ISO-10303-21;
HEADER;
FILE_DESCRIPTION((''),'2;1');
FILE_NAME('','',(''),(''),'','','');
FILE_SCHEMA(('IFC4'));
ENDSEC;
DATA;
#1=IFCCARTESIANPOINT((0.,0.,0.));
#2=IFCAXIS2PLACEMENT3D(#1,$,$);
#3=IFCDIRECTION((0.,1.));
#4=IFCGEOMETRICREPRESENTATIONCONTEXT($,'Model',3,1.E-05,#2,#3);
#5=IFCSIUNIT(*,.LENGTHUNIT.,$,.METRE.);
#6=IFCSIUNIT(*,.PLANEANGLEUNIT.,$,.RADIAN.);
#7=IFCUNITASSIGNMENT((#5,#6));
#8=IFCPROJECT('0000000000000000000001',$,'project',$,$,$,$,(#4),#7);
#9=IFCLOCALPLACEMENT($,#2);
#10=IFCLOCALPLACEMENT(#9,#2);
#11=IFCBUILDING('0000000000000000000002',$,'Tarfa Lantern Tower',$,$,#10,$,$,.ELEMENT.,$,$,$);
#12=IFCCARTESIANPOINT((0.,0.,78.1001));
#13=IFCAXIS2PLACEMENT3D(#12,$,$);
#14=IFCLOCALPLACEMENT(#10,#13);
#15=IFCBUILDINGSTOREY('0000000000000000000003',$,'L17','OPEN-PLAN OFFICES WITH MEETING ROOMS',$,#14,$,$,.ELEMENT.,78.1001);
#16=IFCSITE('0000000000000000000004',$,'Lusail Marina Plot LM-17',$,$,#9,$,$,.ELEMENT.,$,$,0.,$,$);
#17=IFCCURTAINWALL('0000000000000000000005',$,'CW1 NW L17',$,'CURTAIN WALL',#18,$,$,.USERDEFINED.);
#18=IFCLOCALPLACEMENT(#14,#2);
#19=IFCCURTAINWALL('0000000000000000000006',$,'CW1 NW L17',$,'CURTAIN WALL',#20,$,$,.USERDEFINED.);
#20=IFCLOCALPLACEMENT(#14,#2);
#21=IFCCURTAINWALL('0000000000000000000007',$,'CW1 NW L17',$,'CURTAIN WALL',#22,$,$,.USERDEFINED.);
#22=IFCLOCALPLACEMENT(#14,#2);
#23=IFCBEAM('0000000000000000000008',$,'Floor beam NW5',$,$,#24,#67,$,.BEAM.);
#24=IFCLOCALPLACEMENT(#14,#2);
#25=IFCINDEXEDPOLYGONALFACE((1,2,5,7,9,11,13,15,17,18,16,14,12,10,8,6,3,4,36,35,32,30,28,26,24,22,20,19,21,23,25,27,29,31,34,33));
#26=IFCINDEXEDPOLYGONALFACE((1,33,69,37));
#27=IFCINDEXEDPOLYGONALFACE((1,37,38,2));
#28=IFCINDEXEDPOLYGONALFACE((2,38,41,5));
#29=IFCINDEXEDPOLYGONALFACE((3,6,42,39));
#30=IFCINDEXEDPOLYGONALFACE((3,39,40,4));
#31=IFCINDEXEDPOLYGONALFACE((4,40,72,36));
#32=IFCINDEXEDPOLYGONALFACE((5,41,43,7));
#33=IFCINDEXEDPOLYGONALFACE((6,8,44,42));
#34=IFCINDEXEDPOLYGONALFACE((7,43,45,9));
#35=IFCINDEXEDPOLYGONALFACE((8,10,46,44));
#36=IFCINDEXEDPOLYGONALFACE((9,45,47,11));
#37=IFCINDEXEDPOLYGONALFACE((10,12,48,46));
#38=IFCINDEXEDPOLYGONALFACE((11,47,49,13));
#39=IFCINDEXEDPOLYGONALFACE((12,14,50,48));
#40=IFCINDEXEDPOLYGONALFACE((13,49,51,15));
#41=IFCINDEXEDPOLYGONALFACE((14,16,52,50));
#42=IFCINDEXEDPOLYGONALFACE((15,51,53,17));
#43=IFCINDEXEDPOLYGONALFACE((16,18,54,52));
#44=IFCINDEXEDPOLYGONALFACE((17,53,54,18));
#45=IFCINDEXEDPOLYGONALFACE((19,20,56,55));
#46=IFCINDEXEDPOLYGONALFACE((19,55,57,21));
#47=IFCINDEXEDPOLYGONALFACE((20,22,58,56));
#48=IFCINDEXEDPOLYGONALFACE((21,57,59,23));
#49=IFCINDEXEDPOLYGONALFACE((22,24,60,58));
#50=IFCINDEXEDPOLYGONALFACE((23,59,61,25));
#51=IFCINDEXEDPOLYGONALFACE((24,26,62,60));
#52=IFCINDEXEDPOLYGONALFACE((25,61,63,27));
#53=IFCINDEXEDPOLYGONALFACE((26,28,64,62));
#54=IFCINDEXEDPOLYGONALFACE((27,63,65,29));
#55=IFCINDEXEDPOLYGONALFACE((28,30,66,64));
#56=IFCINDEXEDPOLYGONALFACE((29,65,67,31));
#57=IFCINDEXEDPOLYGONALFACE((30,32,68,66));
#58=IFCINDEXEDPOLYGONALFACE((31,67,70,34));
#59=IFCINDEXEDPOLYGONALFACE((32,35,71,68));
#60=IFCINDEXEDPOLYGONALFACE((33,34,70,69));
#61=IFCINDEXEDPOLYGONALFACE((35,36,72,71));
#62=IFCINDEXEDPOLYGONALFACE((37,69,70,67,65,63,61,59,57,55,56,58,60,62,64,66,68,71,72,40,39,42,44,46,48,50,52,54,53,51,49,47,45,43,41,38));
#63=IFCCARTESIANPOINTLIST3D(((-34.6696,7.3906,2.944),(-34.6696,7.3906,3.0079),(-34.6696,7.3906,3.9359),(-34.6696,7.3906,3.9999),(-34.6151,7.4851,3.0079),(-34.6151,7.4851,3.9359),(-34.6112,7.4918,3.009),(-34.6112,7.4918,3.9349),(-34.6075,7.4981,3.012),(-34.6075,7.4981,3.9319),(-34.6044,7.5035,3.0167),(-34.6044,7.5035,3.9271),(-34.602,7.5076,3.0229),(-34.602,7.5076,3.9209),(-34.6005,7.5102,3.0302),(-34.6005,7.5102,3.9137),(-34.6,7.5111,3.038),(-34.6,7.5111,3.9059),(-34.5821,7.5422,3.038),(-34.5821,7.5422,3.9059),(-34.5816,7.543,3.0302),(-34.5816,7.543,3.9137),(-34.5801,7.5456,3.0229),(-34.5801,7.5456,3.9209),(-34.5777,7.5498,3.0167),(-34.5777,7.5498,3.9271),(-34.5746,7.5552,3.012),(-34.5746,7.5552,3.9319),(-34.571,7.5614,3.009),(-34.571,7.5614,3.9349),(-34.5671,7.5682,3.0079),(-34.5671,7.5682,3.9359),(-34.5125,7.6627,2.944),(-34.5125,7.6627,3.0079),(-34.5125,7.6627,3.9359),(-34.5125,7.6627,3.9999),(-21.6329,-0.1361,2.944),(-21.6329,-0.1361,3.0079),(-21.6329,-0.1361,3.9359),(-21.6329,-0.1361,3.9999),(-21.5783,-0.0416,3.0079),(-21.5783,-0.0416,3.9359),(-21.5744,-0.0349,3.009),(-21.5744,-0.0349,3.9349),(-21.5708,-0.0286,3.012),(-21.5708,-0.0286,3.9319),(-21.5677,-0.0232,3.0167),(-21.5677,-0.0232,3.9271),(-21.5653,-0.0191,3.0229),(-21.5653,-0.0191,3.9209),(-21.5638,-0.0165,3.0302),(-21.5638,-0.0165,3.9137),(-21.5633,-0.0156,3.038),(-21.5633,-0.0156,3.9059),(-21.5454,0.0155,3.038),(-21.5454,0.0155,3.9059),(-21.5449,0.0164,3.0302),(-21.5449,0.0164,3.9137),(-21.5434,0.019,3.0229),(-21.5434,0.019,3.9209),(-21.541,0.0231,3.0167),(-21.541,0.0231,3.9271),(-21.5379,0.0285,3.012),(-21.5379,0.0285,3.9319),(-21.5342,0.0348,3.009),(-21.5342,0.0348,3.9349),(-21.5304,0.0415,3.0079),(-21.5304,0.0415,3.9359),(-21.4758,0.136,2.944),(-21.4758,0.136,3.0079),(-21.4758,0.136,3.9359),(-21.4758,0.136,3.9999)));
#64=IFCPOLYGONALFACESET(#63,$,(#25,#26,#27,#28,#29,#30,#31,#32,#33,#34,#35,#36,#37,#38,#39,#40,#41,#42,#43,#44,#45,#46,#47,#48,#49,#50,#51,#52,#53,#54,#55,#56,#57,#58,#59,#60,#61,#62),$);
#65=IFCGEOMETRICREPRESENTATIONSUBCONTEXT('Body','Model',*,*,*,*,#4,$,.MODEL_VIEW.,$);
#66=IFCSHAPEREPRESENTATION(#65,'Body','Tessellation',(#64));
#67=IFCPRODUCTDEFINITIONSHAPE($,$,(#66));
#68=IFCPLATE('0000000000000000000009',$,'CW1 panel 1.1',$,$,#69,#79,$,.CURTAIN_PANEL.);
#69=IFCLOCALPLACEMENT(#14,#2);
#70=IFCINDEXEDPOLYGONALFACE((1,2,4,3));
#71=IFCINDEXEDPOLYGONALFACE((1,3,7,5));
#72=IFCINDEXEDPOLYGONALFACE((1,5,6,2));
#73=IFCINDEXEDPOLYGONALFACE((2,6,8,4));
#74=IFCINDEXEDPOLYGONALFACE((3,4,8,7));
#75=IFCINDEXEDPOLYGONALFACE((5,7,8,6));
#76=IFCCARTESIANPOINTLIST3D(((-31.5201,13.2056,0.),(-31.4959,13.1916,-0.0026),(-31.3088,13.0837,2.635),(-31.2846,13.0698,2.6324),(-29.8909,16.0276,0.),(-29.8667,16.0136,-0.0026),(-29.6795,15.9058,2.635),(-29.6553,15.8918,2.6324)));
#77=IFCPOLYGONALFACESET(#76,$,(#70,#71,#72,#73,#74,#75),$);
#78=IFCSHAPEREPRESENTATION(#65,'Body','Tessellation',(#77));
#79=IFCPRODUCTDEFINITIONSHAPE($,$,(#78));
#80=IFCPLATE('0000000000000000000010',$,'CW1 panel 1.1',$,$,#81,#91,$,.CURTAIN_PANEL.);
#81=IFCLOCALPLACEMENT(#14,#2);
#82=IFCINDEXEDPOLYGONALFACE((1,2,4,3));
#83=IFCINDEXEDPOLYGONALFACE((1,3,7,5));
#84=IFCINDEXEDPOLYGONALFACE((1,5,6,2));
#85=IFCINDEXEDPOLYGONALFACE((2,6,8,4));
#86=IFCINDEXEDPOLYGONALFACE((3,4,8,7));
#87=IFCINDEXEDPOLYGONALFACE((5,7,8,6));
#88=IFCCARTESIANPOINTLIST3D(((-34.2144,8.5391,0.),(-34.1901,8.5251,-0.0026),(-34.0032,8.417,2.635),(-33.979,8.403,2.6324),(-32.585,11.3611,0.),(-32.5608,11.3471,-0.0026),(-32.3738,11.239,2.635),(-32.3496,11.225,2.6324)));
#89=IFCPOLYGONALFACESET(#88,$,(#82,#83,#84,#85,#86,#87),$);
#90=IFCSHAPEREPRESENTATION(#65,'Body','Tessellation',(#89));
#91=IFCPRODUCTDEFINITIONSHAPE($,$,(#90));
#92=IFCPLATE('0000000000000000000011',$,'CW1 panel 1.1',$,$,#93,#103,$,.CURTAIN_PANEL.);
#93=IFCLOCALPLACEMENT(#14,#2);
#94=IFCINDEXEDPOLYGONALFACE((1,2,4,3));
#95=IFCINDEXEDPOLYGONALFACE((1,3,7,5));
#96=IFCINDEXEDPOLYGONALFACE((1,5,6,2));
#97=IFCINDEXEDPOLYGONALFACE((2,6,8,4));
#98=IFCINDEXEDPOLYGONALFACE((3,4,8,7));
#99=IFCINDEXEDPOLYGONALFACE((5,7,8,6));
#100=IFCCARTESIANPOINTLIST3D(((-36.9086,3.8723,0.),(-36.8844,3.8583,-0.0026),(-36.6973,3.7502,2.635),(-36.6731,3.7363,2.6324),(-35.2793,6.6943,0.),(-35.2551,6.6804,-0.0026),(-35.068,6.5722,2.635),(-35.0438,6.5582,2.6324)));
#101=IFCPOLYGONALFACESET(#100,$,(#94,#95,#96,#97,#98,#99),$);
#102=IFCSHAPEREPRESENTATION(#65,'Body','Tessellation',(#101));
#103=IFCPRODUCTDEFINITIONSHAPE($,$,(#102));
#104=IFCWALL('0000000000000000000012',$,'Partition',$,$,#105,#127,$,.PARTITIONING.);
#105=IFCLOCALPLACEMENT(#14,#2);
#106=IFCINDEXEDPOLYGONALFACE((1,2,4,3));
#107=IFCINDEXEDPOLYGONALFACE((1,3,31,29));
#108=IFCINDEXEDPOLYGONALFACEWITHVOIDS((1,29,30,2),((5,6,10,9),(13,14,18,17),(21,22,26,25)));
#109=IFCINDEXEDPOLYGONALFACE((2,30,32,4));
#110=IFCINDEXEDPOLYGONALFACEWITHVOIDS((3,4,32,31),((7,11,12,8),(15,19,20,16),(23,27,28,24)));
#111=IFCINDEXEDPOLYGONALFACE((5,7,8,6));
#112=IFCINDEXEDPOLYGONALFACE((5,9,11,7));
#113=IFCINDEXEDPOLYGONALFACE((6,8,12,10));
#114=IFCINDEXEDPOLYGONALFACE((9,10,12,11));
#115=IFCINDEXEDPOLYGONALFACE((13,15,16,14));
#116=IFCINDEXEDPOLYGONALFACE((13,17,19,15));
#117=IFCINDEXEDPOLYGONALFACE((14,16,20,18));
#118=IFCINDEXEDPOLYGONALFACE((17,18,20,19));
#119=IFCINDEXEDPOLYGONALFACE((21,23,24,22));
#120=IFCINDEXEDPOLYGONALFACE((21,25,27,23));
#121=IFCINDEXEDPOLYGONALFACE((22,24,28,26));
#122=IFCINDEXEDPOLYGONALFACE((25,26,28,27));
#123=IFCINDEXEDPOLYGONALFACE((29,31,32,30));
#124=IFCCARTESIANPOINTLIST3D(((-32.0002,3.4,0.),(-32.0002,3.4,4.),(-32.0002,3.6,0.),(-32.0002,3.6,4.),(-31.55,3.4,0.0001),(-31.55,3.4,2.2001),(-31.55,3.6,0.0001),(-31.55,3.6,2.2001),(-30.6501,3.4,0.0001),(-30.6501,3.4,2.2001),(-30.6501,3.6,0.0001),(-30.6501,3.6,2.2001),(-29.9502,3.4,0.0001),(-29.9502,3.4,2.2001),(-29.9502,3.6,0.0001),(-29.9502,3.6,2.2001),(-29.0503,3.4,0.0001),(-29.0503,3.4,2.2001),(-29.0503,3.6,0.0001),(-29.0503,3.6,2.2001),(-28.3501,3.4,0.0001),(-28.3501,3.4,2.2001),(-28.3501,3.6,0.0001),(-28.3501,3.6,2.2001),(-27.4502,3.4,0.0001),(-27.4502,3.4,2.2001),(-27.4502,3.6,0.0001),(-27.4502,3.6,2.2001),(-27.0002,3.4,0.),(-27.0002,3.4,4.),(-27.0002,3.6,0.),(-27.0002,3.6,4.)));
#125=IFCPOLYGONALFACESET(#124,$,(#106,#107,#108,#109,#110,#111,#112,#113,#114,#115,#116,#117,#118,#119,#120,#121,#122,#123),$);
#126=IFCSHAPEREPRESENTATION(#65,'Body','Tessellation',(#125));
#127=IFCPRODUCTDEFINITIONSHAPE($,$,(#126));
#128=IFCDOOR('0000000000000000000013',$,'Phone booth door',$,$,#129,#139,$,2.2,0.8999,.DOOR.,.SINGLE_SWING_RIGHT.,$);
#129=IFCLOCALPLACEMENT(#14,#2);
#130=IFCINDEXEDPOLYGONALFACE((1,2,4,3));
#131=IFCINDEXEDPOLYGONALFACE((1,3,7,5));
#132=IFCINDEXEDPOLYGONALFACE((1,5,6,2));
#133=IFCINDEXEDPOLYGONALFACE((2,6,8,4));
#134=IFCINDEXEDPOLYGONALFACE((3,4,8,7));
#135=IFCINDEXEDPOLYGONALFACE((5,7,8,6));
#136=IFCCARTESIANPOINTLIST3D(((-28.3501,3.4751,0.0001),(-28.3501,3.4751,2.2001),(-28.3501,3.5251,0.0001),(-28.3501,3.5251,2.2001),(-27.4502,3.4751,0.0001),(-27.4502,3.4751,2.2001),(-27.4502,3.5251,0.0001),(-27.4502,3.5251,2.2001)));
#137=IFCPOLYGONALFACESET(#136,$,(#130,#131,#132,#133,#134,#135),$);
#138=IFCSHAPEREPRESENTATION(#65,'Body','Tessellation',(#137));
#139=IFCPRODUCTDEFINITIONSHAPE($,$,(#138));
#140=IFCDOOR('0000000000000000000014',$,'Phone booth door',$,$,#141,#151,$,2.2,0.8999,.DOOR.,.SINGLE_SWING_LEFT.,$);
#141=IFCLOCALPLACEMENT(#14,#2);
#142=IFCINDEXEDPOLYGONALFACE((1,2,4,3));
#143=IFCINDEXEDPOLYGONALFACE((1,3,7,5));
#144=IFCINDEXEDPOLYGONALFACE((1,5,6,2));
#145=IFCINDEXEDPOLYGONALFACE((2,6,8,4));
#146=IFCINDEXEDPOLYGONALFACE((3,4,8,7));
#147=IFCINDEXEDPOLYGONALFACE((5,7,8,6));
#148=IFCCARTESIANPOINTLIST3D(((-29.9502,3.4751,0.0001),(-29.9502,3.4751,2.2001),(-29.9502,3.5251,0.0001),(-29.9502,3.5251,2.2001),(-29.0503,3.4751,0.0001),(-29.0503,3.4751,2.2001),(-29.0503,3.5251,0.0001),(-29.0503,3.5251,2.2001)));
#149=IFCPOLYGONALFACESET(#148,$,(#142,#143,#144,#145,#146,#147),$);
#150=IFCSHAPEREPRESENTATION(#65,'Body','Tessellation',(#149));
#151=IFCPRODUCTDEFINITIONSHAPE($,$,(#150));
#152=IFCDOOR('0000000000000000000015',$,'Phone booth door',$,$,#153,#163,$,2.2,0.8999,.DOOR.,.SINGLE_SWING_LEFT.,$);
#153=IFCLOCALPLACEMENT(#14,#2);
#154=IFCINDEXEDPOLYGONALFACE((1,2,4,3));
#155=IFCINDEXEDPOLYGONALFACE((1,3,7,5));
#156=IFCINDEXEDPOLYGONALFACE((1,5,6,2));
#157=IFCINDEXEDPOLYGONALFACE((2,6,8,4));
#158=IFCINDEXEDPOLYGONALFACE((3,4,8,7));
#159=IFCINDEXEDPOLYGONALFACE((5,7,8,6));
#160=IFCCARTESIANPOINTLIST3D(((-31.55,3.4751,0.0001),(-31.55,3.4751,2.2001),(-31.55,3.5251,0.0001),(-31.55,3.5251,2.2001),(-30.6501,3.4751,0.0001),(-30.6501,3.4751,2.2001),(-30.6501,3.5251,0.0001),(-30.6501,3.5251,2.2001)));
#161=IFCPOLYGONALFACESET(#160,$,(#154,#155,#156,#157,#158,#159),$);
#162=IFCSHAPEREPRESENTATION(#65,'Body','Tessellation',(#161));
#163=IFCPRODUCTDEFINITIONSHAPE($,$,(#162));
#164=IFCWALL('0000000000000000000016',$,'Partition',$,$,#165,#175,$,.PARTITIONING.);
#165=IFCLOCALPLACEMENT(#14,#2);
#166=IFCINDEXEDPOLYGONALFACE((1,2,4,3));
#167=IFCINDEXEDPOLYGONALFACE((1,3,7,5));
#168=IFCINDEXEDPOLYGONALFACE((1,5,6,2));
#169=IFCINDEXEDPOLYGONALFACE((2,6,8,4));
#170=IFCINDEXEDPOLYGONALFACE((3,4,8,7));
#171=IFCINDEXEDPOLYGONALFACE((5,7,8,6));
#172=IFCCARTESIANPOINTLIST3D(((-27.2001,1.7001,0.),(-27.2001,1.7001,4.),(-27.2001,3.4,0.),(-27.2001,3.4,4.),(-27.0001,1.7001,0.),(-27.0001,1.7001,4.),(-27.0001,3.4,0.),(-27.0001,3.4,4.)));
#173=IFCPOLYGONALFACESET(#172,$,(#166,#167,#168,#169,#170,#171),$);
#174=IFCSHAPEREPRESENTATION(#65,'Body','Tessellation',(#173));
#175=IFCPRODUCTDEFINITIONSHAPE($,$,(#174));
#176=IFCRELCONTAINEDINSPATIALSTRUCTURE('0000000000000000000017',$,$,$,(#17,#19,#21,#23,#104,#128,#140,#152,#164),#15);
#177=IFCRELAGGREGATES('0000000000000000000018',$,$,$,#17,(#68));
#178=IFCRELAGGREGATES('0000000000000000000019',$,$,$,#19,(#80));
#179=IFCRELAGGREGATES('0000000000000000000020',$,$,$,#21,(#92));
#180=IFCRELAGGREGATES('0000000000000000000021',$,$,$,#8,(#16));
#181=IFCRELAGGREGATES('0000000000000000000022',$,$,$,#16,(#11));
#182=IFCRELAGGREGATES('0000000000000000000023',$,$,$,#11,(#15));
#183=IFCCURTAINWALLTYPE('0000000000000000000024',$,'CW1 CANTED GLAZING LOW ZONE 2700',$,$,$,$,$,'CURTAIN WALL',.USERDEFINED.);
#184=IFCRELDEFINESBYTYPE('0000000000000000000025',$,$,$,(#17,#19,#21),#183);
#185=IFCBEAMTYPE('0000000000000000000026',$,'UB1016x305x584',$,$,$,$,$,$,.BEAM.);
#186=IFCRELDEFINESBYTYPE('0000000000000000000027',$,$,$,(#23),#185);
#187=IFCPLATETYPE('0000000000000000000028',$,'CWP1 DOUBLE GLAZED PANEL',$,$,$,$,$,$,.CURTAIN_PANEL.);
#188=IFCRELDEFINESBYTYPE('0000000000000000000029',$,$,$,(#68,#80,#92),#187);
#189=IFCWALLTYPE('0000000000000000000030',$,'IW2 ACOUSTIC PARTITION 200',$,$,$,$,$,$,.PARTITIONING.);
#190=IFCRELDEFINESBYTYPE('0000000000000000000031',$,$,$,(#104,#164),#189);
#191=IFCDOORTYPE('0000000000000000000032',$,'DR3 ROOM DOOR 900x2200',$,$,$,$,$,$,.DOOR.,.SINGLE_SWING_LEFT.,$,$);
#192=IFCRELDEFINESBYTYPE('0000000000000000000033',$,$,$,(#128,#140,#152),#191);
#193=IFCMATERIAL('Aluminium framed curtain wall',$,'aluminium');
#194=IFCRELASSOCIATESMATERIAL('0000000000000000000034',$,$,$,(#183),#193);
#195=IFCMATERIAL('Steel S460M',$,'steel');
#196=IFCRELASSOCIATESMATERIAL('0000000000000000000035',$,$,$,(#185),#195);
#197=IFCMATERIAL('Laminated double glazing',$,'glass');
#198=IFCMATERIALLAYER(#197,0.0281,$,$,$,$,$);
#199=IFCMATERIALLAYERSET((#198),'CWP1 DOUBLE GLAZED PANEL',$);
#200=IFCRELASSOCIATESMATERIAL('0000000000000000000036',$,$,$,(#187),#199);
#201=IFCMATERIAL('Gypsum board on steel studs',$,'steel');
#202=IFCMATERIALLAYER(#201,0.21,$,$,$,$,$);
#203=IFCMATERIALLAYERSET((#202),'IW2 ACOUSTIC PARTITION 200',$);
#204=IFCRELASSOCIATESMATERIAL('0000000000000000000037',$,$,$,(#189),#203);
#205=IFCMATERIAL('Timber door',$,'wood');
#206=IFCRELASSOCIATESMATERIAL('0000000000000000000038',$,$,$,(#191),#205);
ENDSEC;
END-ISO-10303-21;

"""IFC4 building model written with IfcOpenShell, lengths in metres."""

from ifc_helpers import new_model, si_unit, direction, frame, frame_2d, origin, origin_2d, place, context, subcontext, project, spatial, polyline, rectangle, i_section, outline, extrude, material, layer, layer_set, material_profile, profile_set, type_object, element, fill, aggregate, save


model = new_model("IFC4")

# Units and contexts
model_context = context("Model", 3, precision=1e-05, world=origin(), true_north=direction((0.0, 1.0)))
body_context = subcontext(model_context, "Body", "Model", "MODEL_VIEW")
ifc_project = project(units=[si_unit("LENGTHUNIT", "METRE"), si_unit("PLANEANGLEUNIT", "RADIAN")], contexts=[model_context])

# Site, building, storey
site_placement = place(None, origin())
site = spatial("IfcSite", under=ifc_project, at=site_placement, Name="Lusail Marina Plot LM-17", CompositionType="ELEMENT", RefElevation=0.0)
building_placement = place(site_placement, origin())
building = spatial("IfcBuilding", under=site, at=building_placement, Name="Tarfa Lantern Tower", CompositionType="ELEMENT")
storey_placement = place(building_placement, frame((0.0, 0.0, 78.1001)))
storey = spatial("IfcBuildingStorey", under=building, at=storey_placement, Name="L17", Description="OPEN-PLAN OFFICES WITH MEETING ROOMS", CompositionType="ELEMENT", Elevation=78.1001)

# Curtain wall
ifc_material_1 = material(Name="Aluminium framed curtain wall", Category="aluminium")
curtain_wall_type = type_object("IfcCurtainWallType", Name="CW1 CANTED GLAZING LOW ZONE 2700", ElementType="CURTAIN WALL", PredefinedType="USERDEFINED", material=ifc_material_1)
curtain_wall_1_placement = place(storey_placement, origin())
curtain_wall_1 = element("IfcCurtainWall", 1, at=curtain_wall_1_placement, inside=storey, type_object=curtain_wall_type, Name="CW1 NW L17", ObjectType="CURTAIN WALL", PredefinedType="USERDEFINED")

# Curtain walls
curtain_wall_2_placement = place(storey_placement, origin())
curtain_wall_2 = element("IfcCurtainWall", 2, at=curtain_wall_2_placement, inside=storey, type_object=curtain_wall_type, Name="CW1 NW L17", ObjectType="CURTAIN WALL", PredefinedType="USERDEFINED")
curtain_wall_3_placement = place(storey_placement, origin())
curtain_wall_3 = element("IfcCurtainWall", 3, at=curtain_wall_3_placement, inside=storey, type_object=curtain_wall_type, Name="CW1 NW L17", ObjectType="CURTAIN WALL", PredefinedType="USERDEFINED")

# Beam
ifc_material_2 = material(Name="Steel S460M", Category="steel")
ifc_material_profile_1 = material_profile(ifc_material_2, i_section(OverallWidth=0.3142, OverallDepth=1.0559, WebThickness=0.0359, FlangeThickness=0.064, FilletRadius=0.03, at=origin_2d()), Name="UB1016x305x584")
ifc_profile_set_1 = profile_set([ifc_material_profile_1], Name="Steel S460M")
beam_type_1 = type_object("IfcBeamType", Name="UB1016x305x584", PredefinedType="BEAM", material=ifc_profile_set_1)
beam_1_placement = place(storey_placement, frame((-34.5911, 7.5266, 3.4719), z_axis=(0.866028, -0.499996, 0.0), x_axis=(0.499996, 0.866028, 0.0)))
element("IfcBeam", 4, at=beam_1_placement, inside=storey, type_object=beam_type_1, Name="Floor beam NW5", PredefinedType="BEAM", context=body_context, shape_type="SweptSolid", body=[
    extrude(i_section(OverallWidth=0.3142, OverallDepth=1.0559, WebThickness=0.0359, FlangeThickness=0.064, FilletRadius=0.03, at=origin_2d()), origin(), (0.0, 0.0, 1.0), 15.0535),
])

# Plates
ifc_material_3 = material(Name="Laminated double glazing", Category="glass")
ifc_layer_1 = layer(ifc_material_3, 0.0281)
ifc_layer_set_1 = layer_set([ifc_layer_1], Name="CWP1 DOUBLE GLAZED PANEL")
plate_type = type_object("IfcPlateType", Name="CWP1 DOUBLE GLAZED PANEL", PredefinedType="CURTAIN_PANEL", material=ifc_layer_set_1)
plate_1_placement = place(storey_placement, frame((-29.8909, 16.0276, 0.0), z_axis=(-0.862342, 0.497867, 0.09217), x_axis=(-0.499995, -0.866029, 0.000003)))
plate_1 = element("IfcPlate", 5, at=plate_1_placement, type_object=plate_type, Name="CW1 panel 1.1", PredefinedType="CURTAIN_PANEL", context=body_context, shape_type="SweptSolid", body=[
    extrude(outline(polyline([(0.0, 0.0), (3.2585, 0.0), (3.2584, 2.6463), (-0.0002, 2.6463), (0.0, 0.0)])), origin(), (0.0, 0.0, -1.0), 0.0281),
])
aggregate(curtain_wall_1, [plate_1])
plate_2_placement = place(storey_placement, frame((-32.585, 11.3611, 0.0), z_axis=(-0.862325, 0.497894, 0.092176), x_axis=(-0.500023, -0.866012, 0.0)))
plate_2 = element("IfcPlate", 6, at=plate_2_placement, type_object=plate_type, Name="CW1 panel 1.1", PredefinedType="CURTAIN_PANEL", context=body_context, shape_type="SweptSolid", body=[
    extrude(outline(polyline([(0.0, 0.0), (3.2586, 0.0), (3.2588, 2.6463), (0.0001, 2.6463), (0.0, 0.0)])), origin(), (0.0, 0.0, -1.0), 0.0281),
])
aggregate(curtain_wall_2, [plate_2])
plate_3_placement = place(storey_placement, frame((-35.2793, 6.6943, 0.0), z_axis=(-0.862338, 0.497864, 0.092216), x_axis=(-0.499995, -0.866028, -0.000003)))
plate_3 = element("IfcPlate", 7, at=plate_3_placement, type_object=plate_type, Name="CW1 panel 1.1", PredefinedType="CURTAIN_PANEL", context=body_context, shape_type="SweptSolid", body=[
    extrude(outline(polyline([(0.0, 0.0), (3.2586, 0.0), (3.2586, 2.6463), (0.0001, 2.6463), (0.0, 0.0)])), origin(), (0.0, 0.0, -1.0), 0.0281),
])
aggregate(curtain_wall_3, [plate_3])

# Wall, openings, doors
ifc_material_4 = material(Name="Gypsum board on steel studs", Category="steel")
ifc_layer_2 = layer(ifc_material_4, 0.21)
ifc_layer_set_2 = layer_set([ifc_layer_2], Name="IW2 ACOUSTIC PARTITION 200")
wall_type = type_object("IfcWallType", Name="IW2 ACOUSTIC PARTITION 200", PredefinedType="PARTITIONING", material=ifc_layer_set_2)
wall_1_placement = place(storey_placement, frame((-27.0002, 3.5, 0.0), z_axis=(0.0, 0.0, 1.0), x_axis=(-1.0, 0.0, 0.0)))
wall_1 = element("IfcWall", 8, at=wall_1_placement, inside=storey, type_object=wall_type, Name="Partition", PredefinedType="PARTITIONING", context=body_context, shape_type="SweptSolid", body=[
    extrude(rectangle(XDim=5.0, YDim=0.2, at=frame_2d((2.5, 0.0))), origin(), (0.0, 0.0, 1.0), 4.0),
])
opening_1_placement = place(wall_1_placement, frame((0.45, 0.0, 0.0)))
opening_1 = element("IfcOpeningElement", 9, at=opening_1_placement, cuts=wall_1, PredefinedType="OPENING", context=body_context, shape_type="SweptSolid", body=[
    extrude(rectangle(XDim=0.8999, YDim=2.2, at=frame_2d((0.45, 1.1001))), frame((0.0, 0.1099, 0.0), z_axis=(0.0, -1.0, 0.0), x_axis=(1.0, 0.0, 0.0)), (0.0, 0.0, 1.0), 0.22),
])
opening_2_placement = place(wall_1_placement, frame((2.05, 0.0, 0.0)))
opening_2 = element("IfcOpeningElement", 10, at=opening_2_placement, cuts=wall_1, PredefinedType="OPENING", context=body_context, shape_type="SweptSolid", body=[
    extrude(rectangle(XDim=0.8999, YDim=2.2, at=frame_2d((0.45, 1.1001))), frame((0.0, 0.1099, 0.0), z_axis=(0.0, -1.0, 0.0), x_axis=(1.0, 0.0, 0.0)), (0.0, 0.0, 1.0), 0.22),
])
opening_3_placement = place(wall_1_placement, frame((3.6499, 0.0, 0.0)))
opening_3 = element("IfcOpeningElement", 11, at=opening_3_placement, cuts=wall_1, PredefinedType="OPENING", context=body_context, shape_type="SweptSolid", body=[
    extrude(rectangle(XDim=0.8999, YDim=2.2, at=frame_2d((0.45, 1.1001))), frame((0.0, 0.1099, 0.0), z_axis=(0.0, -1.0, 0.0), x_axis=(1.0, 0.0, 0.0)), (0.0, 0.0, 1.0), 0.22),
])
ifc_material_5 = material(Name="Timber door", Category="wood")
door_type = type_object("IfcDoorType", Name="DR3 ROOM DOOR 900x2200", OperationType="SINGLE_SWING_LEFT", PredefinedType="DOOR", material=ifc_material_5)
door_1_placement = place(opening_1_placement, origin())
door_1 = element("IfcDoor", 12, at=door_1_placement, inside=storey, type_object=door_type, Name="Phone booth door", OperationType="SINGLE_SWING_RIGHT", OverallHeight=2.2, OverallWidth=0.8999, PredefinedType="DOOR", context=body_context, shape_type="SweptSolid", body=[
    extrude(rectangle(XDim=0.8999, YDim=2.2, at=frame_2d((0.45, 1.1001))), frame((0.0, 0.0249, 0.0), z_axis=(0.0, -1.0, 0.0), x_axis=(1.0, 0.0, 0.0)), (0.0, 0.0, 1.0), 0.05),
])
fill(opening_1, door_1)
door_2_placement = place(opening_2_placement, origin())
door_2 = element("IfcDoor", 13, at=door_2_placement, inside=storey, type_object=door_type, Name="Phone booth door", OperationType="SINGLE_SWING_LEFT", OverallHeight=2.2, OverallWidth=0.8999, PredefinedType="DOOR", context=body_context, shape_type="SweptSolid", body=[
    extrude(rectangle(XDim=0.8999, YDim=2.2, at=frame_2d((0.45, 1.1001))), frame((0.0, 0.0249, 0.0), z_axis=(0.0, -1.0, 0.0), x_axis=(1.0, 0.0, 0.0)), (0.0, 0.0, 1.0), 0.05),
])
fill(opening_2, door_2)
door_3_placement = place(opening_3_placement, origin())
door_3 = element("IfcDoor", 14, at=door_3_placement, inside=storey, type_object=door_type, Name="Phone booth door", OperationType="SINGLE_SWING_LEFT", OverallHeight=2.2, OverallWidth=0.8999, PredefinedType="DOOR", context=body_context, shape_type="SweptSolid", body=[
    extrude(rectangle(XDim=0.8999, YDim=2.2, at=frame_2d((0.45, 1.1001))), frame((0.0, 0.0249, 0.0), z_axis=(0.0, -1.0, 0.0), x_axis=(1.0, 0.0, 0.0)), (0.0, 0.0, 1.0), 0.05),
])
fill(opening_3, door_3)

# Wall
wall_2_placement = place(storey_placement, frame((-27.1001, 1.7, 0.0), z_axis=(0.0, 0.0, 1.0), x_axis=(0.0, 1.0, 0.0)))
element("IfcWall", 15, at=wall_2_placement, inside=storey, type_object=wall_type, Name="Partition", PredefinedType="PARTITIONING", context=body_context, shape_type="SweptSolid", body=[
    extrude(rectangle(XDim=1.7, YDim=0.2, at=frame_2d((0.8501, 0.0))), origin(), (0.0, 0.0, 1.0), 4.0),
])

save(model, "model.ifc")
